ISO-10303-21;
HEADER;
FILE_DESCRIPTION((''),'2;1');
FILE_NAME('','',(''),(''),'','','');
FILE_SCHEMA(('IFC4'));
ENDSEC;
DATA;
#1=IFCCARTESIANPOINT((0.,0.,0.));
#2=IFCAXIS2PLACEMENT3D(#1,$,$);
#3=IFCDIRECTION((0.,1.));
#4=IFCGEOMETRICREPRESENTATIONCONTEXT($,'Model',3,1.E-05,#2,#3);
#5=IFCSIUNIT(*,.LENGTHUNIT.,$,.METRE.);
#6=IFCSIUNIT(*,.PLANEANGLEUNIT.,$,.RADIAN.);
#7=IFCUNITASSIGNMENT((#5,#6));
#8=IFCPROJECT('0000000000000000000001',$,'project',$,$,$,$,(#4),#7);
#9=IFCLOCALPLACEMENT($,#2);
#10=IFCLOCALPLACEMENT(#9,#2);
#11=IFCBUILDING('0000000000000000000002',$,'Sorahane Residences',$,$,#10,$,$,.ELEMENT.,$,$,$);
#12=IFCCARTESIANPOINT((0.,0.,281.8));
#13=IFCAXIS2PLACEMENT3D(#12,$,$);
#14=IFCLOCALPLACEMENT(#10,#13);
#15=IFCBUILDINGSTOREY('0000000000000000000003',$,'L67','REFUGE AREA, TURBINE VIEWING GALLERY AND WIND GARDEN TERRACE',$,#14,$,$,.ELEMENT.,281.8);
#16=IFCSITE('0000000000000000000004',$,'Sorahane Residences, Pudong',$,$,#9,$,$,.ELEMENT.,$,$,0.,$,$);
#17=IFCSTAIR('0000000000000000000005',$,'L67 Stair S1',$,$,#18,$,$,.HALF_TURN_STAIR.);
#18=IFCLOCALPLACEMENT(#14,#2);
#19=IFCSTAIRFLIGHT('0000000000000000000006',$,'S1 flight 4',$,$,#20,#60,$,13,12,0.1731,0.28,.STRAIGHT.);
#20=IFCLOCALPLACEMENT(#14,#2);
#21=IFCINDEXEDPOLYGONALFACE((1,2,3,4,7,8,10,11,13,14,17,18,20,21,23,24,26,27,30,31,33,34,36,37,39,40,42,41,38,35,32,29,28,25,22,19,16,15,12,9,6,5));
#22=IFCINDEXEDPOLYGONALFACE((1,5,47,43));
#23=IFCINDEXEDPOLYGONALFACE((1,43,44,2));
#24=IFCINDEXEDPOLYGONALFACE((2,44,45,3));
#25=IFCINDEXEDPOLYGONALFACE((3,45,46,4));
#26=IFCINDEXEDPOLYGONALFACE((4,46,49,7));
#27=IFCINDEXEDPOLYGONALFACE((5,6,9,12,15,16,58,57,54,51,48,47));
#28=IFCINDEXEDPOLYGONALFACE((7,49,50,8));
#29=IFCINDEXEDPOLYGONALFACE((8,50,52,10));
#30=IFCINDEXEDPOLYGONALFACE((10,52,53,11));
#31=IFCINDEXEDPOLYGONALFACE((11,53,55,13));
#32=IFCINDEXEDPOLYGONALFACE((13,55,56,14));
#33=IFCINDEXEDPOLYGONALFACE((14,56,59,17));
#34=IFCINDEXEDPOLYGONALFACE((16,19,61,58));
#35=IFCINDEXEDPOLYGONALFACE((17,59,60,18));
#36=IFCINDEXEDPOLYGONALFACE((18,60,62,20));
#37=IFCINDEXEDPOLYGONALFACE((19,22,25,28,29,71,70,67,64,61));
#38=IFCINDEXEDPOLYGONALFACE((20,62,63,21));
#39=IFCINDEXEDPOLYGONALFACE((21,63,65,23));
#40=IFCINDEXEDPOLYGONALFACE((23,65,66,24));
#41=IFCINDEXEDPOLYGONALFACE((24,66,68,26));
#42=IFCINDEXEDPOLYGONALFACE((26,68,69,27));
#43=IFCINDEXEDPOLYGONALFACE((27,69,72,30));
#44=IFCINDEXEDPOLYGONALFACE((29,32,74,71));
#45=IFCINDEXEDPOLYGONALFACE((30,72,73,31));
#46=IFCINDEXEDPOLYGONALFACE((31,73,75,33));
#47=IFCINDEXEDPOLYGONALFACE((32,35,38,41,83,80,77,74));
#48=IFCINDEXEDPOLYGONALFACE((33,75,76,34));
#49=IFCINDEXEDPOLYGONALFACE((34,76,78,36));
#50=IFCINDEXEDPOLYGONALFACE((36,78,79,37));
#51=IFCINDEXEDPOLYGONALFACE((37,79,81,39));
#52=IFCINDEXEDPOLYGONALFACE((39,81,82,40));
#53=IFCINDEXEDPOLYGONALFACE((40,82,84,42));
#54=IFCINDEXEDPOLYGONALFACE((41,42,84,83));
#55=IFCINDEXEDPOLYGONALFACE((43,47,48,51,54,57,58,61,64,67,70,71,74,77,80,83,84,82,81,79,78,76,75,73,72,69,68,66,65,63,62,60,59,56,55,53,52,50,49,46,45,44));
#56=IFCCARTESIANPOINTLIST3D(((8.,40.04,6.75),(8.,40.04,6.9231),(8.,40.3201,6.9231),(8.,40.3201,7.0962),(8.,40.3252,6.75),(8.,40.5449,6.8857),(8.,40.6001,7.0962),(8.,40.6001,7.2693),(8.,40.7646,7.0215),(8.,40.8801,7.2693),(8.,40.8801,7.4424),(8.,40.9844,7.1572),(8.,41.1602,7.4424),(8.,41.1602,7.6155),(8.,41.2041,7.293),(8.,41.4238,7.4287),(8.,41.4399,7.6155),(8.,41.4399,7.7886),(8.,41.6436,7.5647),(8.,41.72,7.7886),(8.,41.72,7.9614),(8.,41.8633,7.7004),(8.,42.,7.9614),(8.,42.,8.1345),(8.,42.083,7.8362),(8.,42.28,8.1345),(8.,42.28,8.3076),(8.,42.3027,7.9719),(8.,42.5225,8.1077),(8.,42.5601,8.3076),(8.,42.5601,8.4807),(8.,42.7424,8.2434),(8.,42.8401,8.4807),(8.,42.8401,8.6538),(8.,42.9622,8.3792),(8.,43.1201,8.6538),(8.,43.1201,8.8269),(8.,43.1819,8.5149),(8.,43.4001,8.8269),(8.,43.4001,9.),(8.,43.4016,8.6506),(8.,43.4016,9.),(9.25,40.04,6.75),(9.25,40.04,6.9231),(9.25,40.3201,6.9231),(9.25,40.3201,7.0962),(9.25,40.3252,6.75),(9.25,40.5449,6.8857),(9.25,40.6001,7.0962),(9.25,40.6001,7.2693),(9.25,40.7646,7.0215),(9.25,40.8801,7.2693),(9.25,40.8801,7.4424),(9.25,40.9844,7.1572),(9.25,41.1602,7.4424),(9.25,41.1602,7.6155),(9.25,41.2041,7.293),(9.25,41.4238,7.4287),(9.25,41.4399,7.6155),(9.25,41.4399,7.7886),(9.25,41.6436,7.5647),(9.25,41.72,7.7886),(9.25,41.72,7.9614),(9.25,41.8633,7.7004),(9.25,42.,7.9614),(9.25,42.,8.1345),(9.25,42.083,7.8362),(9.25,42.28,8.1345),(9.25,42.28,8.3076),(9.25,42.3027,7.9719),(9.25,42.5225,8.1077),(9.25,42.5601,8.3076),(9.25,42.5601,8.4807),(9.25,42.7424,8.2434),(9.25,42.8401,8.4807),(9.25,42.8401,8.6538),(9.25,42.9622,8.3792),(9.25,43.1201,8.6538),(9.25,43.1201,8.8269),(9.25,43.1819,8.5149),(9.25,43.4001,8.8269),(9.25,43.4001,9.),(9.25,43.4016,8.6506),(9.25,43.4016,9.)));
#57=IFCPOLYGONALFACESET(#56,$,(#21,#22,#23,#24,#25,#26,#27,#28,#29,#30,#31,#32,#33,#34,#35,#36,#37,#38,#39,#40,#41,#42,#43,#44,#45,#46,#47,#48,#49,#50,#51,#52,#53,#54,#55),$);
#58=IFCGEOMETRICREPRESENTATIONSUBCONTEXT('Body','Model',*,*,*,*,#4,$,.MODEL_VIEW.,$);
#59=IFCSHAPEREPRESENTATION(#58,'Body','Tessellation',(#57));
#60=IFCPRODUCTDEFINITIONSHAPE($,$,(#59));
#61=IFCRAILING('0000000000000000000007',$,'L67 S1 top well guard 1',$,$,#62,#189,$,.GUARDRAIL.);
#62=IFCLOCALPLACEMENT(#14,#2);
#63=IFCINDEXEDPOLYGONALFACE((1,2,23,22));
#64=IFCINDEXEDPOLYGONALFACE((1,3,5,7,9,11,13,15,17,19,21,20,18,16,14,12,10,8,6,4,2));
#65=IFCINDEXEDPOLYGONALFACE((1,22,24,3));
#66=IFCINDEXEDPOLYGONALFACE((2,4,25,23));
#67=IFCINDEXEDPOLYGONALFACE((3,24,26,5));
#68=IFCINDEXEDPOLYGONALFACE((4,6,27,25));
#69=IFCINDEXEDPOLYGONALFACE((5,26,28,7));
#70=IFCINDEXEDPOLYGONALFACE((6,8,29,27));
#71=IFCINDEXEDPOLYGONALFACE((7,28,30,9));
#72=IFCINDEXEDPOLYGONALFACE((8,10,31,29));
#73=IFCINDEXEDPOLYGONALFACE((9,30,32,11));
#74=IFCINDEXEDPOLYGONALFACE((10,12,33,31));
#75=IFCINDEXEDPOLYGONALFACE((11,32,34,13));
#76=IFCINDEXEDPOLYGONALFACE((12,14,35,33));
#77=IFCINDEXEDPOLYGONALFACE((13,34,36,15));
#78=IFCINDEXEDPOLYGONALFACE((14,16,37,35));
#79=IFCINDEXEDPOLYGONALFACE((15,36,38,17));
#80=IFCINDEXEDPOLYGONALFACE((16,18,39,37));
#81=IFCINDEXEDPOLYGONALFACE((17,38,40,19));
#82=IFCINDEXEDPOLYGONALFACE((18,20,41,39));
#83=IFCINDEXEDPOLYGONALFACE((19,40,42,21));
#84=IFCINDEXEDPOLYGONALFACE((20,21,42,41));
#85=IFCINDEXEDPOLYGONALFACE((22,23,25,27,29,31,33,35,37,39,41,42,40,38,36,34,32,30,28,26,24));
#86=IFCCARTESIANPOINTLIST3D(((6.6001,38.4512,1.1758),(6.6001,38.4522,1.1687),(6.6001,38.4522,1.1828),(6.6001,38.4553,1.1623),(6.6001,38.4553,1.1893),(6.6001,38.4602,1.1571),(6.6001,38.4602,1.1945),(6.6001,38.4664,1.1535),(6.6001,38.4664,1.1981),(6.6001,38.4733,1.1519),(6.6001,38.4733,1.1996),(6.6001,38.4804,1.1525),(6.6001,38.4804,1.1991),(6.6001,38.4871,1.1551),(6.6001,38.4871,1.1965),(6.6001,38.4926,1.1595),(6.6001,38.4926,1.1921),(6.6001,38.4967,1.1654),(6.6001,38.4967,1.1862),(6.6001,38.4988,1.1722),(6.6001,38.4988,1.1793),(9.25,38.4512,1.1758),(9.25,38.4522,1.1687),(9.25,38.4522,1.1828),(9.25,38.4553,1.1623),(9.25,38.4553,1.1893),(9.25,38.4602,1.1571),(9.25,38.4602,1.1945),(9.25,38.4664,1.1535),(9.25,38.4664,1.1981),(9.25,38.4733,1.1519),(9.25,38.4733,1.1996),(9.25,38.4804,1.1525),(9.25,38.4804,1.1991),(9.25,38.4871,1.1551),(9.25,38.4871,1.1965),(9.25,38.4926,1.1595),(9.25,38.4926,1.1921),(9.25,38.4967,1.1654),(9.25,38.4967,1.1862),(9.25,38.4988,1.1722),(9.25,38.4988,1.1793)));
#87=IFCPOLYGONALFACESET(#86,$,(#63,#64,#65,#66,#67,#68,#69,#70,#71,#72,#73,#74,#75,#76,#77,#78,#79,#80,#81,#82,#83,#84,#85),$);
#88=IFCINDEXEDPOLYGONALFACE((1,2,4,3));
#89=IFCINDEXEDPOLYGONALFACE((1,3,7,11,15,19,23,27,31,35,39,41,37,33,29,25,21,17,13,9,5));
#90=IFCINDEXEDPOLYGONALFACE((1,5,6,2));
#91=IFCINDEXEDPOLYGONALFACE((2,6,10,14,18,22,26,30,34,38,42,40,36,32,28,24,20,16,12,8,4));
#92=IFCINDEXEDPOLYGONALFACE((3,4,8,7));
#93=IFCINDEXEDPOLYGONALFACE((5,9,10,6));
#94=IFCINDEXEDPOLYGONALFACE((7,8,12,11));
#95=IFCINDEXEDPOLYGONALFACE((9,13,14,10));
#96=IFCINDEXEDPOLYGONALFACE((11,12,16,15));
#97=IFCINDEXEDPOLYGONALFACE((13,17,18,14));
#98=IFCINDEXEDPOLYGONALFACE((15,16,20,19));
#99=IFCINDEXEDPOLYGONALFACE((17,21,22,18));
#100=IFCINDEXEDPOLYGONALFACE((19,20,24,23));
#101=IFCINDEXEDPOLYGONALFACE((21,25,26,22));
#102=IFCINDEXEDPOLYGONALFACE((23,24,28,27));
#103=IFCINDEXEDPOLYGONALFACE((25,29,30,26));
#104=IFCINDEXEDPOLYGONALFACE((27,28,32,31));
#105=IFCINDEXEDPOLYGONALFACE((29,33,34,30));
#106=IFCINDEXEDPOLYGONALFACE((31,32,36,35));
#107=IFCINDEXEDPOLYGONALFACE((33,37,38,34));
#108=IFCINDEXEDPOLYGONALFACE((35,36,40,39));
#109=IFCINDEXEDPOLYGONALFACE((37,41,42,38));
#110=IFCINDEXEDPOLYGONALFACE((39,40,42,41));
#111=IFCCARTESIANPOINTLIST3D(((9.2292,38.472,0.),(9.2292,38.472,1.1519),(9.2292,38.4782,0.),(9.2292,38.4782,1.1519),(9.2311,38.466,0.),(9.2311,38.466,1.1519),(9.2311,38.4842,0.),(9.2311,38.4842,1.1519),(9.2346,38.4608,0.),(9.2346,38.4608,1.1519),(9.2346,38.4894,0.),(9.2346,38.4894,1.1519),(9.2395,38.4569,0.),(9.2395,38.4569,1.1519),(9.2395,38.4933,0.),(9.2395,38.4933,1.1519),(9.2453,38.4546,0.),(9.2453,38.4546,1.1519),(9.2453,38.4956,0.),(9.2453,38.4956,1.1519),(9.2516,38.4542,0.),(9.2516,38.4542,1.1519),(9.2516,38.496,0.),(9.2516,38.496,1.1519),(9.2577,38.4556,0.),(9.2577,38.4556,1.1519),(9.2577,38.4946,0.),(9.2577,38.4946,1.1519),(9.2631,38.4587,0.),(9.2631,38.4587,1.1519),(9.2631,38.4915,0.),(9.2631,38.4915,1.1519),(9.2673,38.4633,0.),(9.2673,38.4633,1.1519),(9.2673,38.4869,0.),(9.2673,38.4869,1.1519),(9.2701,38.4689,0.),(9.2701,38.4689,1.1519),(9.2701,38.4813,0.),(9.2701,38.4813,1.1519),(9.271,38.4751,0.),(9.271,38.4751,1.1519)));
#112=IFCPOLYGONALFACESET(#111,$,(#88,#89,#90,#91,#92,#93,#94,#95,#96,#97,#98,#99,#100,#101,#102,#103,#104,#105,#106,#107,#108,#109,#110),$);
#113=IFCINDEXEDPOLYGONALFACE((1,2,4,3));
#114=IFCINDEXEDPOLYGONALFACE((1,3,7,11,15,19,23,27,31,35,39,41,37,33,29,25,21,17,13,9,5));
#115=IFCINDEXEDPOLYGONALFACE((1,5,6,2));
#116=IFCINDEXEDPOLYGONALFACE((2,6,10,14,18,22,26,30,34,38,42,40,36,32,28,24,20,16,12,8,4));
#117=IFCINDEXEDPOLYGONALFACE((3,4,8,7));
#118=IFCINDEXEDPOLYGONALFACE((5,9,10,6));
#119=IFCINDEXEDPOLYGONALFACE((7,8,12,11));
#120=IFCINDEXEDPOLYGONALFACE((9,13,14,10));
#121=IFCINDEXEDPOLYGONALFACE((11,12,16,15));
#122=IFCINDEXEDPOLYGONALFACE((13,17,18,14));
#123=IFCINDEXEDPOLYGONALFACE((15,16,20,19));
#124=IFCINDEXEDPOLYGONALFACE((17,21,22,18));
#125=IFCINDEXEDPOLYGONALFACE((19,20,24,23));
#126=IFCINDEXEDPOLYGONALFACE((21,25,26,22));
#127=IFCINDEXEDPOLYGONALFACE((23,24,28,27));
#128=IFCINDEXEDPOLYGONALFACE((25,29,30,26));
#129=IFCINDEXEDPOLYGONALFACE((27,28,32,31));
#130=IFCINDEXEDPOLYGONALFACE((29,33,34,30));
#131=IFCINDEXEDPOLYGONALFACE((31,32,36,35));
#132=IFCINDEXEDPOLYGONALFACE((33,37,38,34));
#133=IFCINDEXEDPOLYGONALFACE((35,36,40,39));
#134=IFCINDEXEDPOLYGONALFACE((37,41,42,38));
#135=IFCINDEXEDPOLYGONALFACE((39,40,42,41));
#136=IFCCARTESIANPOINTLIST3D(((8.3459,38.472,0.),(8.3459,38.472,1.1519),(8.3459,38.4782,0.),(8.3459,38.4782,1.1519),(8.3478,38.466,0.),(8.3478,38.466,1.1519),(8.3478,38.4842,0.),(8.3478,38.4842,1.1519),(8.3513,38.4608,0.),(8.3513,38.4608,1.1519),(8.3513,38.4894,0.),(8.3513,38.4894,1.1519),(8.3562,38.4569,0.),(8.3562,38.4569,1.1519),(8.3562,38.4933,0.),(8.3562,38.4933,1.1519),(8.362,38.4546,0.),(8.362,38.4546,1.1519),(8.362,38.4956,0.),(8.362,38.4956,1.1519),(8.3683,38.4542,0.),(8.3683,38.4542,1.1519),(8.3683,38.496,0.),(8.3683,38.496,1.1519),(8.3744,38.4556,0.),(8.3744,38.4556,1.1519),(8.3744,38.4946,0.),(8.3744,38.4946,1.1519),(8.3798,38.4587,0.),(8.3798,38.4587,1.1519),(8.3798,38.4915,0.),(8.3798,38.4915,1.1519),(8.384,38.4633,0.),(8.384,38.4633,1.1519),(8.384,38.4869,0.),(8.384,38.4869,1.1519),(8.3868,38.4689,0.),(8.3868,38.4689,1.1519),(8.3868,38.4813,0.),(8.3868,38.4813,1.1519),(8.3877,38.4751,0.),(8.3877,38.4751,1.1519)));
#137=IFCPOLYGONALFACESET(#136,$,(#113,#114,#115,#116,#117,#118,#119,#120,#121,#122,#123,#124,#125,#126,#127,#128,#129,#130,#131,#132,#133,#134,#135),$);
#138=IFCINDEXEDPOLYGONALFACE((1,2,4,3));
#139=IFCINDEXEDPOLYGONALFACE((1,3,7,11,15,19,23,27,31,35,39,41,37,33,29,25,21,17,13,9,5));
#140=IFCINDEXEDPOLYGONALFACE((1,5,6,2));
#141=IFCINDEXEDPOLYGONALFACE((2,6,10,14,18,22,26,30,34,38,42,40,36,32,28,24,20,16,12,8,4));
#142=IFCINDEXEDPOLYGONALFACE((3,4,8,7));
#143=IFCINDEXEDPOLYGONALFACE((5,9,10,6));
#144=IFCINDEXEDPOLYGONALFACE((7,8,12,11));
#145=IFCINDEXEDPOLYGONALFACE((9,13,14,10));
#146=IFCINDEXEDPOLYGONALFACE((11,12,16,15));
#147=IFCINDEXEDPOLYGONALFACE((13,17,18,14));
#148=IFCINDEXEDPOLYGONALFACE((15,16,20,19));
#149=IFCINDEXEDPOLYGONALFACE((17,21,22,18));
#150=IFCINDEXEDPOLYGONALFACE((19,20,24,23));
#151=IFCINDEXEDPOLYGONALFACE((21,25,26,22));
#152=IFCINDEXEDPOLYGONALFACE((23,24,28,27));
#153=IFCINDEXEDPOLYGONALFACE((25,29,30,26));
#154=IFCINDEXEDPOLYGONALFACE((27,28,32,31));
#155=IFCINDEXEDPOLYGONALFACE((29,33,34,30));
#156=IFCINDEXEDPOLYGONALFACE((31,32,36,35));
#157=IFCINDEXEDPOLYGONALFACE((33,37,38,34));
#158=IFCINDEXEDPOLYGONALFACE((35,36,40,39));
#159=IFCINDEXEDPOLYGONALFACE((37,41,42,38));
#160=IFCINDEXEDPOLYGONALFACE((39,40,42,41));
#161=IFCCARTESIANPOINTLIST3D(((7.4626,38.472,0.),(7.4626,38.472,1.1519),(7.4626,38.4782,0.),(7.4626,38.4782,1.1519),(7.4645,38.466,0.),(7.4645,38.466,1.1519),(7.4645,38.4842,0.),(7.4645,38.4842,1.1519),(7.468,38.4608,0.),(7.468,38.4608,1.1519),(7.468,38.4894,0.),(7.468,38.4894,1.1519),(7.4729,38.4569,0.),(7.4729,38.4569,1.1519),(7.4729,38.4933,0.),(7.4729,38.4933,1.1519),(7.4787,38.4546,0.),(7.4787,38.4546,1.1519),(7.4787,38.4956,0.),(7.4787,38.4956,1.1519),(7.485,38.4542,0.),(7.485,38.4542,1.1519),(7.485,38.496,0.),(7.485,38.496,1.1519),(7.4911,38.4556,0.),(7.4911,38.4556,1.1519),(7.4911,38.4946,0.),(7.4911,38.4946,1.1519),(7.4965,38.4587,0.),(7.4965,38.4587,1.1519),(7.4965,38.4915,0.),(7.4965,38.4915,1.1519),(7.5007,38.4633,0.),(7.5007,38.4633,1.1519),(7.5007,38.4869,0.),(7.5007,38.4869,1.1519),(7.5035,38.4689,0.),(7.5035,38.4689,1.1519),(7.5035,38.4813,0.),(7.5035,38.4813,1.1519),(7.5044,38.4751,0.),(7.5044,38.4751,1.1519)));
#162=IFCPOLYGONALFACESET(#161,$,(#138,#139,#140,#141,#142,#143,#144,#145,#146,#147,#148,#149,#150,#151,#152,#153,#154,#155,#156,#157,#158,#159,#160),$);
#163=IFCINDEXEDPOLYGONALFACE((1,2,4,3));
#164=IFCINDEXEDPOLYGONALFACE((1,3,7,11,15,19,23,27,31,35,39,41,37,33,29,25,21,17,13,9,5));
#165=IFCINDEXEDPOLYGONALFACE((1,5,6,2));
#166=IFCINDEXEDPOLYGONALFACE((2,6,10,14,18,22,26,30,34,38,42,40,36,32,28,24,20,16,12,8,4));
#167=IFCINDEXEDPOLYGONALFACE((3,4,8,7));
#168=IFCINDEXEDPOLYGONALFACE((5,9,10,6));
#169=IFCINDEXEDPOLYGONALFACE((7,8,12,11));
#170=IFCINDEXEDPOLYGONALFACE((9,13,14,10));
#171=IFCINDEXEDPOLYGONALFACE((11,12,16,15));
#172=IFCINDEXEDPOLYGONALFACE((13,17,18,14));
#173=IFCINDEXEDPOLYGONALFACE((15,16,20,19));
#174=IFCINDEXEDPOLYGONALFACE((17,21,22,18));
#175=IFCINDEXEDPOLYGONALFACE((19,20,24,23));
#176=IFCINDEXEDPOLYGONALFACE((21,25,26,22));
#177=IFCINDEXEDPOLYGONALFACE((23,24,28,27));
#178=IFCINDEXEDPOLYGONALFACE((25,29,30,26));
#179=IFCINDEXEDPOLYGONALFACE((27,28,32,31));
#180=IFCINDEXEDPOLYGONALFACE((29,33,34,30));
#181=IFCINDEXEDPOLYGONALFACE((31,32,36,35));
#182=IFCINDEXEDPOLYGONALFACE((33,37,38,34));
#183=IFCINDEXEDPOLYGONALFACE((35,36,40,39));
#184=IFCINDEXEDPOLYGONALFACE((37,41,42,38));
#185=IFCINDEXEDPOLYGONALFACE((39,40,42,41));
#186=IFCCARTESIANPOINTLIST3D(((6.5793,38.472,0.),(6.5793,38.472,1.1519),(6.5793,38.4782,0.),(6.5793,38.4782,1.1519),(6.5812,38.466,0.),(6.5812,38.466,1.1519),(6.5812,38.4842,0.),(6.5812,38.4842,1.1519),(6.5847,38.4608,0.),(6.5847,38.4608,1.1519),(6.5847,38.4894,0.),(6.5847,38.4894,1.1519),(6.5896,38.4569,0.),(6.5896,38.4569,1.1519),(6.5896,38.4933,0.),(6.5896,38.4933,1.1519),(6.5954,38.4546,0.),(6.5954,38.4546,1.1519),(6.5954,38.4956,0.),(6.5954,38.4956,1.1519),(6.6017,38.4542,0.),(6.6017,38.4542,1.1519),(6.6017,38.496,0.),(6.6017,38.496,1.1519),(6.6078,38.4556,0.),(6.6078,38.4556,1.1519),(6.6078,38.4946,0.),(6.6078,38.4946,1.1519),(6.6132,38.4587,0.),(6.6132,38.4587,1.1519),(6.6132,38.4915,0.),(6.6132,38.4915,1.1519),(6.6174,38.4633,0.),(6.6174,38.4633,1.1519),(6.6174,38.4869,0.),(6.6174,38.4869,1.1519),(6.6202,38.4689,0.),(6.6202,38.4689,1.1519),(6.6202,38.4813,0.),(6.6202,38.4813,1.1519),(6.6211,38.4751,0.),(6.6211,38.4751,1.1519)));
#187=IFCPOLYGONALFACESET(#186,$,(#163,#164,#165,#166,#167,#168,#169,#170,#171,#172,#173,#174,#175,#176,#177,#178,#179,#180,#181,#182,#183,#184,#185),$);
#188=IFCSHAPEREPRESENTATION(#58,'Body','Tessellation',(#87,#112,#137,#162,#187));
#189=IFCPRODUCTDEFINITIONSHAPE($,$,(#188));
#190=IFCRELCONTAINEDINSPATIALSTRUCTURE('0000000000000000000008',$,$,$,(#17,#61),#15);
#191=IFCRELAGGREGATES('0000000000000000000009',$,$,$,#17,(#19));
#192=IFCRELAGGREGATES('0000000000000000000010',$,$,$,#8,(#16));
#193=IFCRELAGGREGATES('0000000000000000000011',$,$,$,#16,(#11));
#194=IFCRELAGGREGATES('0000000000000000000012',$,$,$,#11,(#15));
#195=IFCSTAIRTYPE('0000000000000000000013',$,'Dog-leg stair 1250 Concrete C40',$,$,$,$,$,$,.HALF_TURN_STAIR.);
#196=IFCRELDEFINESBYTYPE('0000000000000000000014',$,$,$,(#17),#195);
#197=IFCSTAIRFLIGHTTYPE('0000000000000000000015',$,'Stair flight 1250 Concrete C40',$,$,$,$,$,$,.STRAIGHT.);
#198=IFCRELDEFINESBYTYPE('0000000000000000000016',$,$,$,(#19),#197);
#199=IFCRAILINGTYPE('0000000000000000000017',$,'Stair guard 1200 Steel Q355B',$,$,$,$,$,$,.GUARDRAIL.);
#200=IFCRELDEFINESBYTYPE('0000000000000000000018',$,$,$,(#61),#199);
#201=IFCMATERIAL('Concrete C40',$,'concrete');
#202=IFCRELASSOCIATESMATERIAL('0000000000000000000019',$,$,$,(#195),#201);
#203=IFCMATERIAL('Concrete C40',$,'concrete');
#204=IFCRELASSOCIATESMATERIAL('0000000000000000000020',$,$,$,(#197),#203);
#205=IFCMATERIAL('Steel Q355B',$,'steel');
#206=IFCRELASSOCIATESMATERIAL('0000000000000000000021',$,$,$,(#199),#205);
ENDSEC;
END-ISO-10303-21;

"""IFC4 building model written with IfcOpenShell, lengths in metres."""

from ifc_helpers import new_model, si_unit, direction, frame, origin, origin_2d, place, context, subcontext, project, spatial, polyline, circle, outline, extrude, material, type_object, element, aggregate, save


model = new_model("IFC4")

# Units and contexts
model_context = context("Model", 3, precision=1e-05, world=origin(), true_north=direction((0.0, 1.0)))
body_context = subcontext(model_context, "Body", "Model", "MODEL_VIEW")
ifc_project = project(units=[si_unit("LENGTHUNIT", "METRE"), si_unit("PLANEANGLEUNIT", "RADIAN")], contexts=[model_context])

# Site, building, storey
site_placement = place(None, origin())
site = spatial("IfcSite", under=ifc_project, at=site_placement, Name="Sorahane Residences, Pudong", CompositionType="ELEMENT", RefElevation=0.0)
building_placement = place(site_placement, origin())
building = spatial("IfcBuilding", under=site, at=building_placement, Name="Sorahane Residences", CompositionType="ELEMENT")
storey_placement = place(building_placement, frame((0.0, 0.0, 281.8)))
storey = spatial("IfcBuildingStorey", under=building, at=storey_placement, Name="L67", Description="REFUGE AREA, TURBINE VIEWING GALLERY AND WIND GARDEN TERRACE", CompositionType="ELEMENT", Elevation=281.8)

# Stair, stair flight
ifc_material_1 = material(Name="Concrete C40", Category="concrete")
stair_type = type_object("IfcStairType", Name="Dog-leg stair 1250 Concrete C40", PredefinedType="HALF_TURN_STAIR", material=ifc_material_1)
stair_placement = place(storey_placement, origin())
stair = element("IfcStair", 1, at=stair_placement, inside=storey, type_object=stair_type, Name="L67 Stair S1", PredefinedType="HALF_TURN_STAIR")
ifc_material_2 = material(Name="Concrete C40", Category="concrete")
stair_flight_type = type_object("IfcStairFlightType", Name="Stair flight 1250 Concrete C40", PredefinedType="STRAIGHT", material=ifc_material_2)
stair_flight_1_placement = place(storey_placement, frame((8.625, 40.04, 6.75), z_axis=(0.0, 0.0, 1.0), x_axis=(0.0, 1.0, 0.0)))
stair_flight_1 = element("IfcStairFlight", 2, at=stair_flight_1_placement, type_object=stair_flight_type, Name="S1 flight 4", NumberOfRisers=13, NumberOfTreads=12, PredefinedType="STRAIGHT", RiserHeight=0.1731, TreadLength=0.28, context=body_context, shape_type="SweptSolid", body=[
    extrude(outline(polyline([(0.0, 0.0), (0.0, 0.1731), (0.28, 0.1731), (0.28, 0.3462), (0.5601, 0.3462), (0.5601, 0.5193), (0.8401, 0.5193), (0.8401, 0.6924), (1.1201, 0.6924), (1.1201, 0.8655), (1.3999, 0.8655), (1.3999, 1.0386), (1.6799, 1.0386), (1.6799, 1.2114), (1.96, 1.2114), (1.96, 1.3845), (2.24, 1.3845), (2.24, 1.5576), (2.52, 1.5576), (2.52, 1.7307), (2.8, 1.7307), (2.8, 1.9038), (3.0801, 1.9038), (3.0801, 2.0769), (3.3601, 2.0769), (3.3601, 2.25), (3.3616, 2.25), (3.3616, 1.9006), (3.1418, 1.7649), (2.9221, 1.6292), (2.7024, 1.4934), (2.4824, 1.3577), (2.2627, 1.2219), (2.043, 1.0862), (1.8232, 0.9504), (1.6035, 0.8147), (1.3838, 0.6787), (1.1641, 0.543), (0.9443, 0.4072), (0.7246, 0.2715), (0.5049, 0.1357), (0.2852, 0.0), (0.0, 0.0)])), frame((0.0, 0.625, 0.0), z_axis=(0.0, -1.0, 0.0), x_axis=(1.0, 0.0, 0.0)), (0.0, 0.0, 1.0), 1.25),
])
aggregate(stair, [stair_flight_1])

# Railing
ifc_material_3 = material(Name="Steel Q355B", Category="steel")
railing_type_1 = type_object("IfcRailingType", Name="Stair guard 1200 Steel Q355B", PredefinedType="GUARDRAIL", material=ifc_material_3)
railing_1_placement = place(storey_placement, frame((9.25, 38.4751, 0.0)))
element("IfcRailing", 3, at=railing_1_placement, inside=storey, type_object=railing_type_1, Name="L67 S1 top well guard 1", PredefinedType="GUARDRAIL", context=body_context, shape_type="SweptSolid", body=[
    extrude(circle(Radius=0.0239, at=origin_2d()), frame((0.0, 0.0, 1.1758), z_axis=(-1.0, 0.0, 0.0), x_axis=(0.0, -1.0, 0.0)), (0.0, 0.0, 1.0), 2.6499),
    extrude(circle(Radius=0.021, at=origin_2d()), origin(), (0.0, 0.0, 1.0), 1.1519),
    extrude(circle(Radius=0.021, at=origin_2d()), frame((-0.8833, 0.0, 0.0)), (0.0, 0.0, 1.0), 1.1519),
    extrude(circle(Radius=0.021, at=origin_2d()), frame((-1.7666, 0.0, 0.0)), (0.0, 0.0, 1.0), 1.1519),
    extrude(circle(Radius=0.021, at=origin_2d()), frame((-2.6499, 0.0, 0.0)), (0.0, 0.0, 1.0), 1.1519),
])

save(model, "model.ifc")
